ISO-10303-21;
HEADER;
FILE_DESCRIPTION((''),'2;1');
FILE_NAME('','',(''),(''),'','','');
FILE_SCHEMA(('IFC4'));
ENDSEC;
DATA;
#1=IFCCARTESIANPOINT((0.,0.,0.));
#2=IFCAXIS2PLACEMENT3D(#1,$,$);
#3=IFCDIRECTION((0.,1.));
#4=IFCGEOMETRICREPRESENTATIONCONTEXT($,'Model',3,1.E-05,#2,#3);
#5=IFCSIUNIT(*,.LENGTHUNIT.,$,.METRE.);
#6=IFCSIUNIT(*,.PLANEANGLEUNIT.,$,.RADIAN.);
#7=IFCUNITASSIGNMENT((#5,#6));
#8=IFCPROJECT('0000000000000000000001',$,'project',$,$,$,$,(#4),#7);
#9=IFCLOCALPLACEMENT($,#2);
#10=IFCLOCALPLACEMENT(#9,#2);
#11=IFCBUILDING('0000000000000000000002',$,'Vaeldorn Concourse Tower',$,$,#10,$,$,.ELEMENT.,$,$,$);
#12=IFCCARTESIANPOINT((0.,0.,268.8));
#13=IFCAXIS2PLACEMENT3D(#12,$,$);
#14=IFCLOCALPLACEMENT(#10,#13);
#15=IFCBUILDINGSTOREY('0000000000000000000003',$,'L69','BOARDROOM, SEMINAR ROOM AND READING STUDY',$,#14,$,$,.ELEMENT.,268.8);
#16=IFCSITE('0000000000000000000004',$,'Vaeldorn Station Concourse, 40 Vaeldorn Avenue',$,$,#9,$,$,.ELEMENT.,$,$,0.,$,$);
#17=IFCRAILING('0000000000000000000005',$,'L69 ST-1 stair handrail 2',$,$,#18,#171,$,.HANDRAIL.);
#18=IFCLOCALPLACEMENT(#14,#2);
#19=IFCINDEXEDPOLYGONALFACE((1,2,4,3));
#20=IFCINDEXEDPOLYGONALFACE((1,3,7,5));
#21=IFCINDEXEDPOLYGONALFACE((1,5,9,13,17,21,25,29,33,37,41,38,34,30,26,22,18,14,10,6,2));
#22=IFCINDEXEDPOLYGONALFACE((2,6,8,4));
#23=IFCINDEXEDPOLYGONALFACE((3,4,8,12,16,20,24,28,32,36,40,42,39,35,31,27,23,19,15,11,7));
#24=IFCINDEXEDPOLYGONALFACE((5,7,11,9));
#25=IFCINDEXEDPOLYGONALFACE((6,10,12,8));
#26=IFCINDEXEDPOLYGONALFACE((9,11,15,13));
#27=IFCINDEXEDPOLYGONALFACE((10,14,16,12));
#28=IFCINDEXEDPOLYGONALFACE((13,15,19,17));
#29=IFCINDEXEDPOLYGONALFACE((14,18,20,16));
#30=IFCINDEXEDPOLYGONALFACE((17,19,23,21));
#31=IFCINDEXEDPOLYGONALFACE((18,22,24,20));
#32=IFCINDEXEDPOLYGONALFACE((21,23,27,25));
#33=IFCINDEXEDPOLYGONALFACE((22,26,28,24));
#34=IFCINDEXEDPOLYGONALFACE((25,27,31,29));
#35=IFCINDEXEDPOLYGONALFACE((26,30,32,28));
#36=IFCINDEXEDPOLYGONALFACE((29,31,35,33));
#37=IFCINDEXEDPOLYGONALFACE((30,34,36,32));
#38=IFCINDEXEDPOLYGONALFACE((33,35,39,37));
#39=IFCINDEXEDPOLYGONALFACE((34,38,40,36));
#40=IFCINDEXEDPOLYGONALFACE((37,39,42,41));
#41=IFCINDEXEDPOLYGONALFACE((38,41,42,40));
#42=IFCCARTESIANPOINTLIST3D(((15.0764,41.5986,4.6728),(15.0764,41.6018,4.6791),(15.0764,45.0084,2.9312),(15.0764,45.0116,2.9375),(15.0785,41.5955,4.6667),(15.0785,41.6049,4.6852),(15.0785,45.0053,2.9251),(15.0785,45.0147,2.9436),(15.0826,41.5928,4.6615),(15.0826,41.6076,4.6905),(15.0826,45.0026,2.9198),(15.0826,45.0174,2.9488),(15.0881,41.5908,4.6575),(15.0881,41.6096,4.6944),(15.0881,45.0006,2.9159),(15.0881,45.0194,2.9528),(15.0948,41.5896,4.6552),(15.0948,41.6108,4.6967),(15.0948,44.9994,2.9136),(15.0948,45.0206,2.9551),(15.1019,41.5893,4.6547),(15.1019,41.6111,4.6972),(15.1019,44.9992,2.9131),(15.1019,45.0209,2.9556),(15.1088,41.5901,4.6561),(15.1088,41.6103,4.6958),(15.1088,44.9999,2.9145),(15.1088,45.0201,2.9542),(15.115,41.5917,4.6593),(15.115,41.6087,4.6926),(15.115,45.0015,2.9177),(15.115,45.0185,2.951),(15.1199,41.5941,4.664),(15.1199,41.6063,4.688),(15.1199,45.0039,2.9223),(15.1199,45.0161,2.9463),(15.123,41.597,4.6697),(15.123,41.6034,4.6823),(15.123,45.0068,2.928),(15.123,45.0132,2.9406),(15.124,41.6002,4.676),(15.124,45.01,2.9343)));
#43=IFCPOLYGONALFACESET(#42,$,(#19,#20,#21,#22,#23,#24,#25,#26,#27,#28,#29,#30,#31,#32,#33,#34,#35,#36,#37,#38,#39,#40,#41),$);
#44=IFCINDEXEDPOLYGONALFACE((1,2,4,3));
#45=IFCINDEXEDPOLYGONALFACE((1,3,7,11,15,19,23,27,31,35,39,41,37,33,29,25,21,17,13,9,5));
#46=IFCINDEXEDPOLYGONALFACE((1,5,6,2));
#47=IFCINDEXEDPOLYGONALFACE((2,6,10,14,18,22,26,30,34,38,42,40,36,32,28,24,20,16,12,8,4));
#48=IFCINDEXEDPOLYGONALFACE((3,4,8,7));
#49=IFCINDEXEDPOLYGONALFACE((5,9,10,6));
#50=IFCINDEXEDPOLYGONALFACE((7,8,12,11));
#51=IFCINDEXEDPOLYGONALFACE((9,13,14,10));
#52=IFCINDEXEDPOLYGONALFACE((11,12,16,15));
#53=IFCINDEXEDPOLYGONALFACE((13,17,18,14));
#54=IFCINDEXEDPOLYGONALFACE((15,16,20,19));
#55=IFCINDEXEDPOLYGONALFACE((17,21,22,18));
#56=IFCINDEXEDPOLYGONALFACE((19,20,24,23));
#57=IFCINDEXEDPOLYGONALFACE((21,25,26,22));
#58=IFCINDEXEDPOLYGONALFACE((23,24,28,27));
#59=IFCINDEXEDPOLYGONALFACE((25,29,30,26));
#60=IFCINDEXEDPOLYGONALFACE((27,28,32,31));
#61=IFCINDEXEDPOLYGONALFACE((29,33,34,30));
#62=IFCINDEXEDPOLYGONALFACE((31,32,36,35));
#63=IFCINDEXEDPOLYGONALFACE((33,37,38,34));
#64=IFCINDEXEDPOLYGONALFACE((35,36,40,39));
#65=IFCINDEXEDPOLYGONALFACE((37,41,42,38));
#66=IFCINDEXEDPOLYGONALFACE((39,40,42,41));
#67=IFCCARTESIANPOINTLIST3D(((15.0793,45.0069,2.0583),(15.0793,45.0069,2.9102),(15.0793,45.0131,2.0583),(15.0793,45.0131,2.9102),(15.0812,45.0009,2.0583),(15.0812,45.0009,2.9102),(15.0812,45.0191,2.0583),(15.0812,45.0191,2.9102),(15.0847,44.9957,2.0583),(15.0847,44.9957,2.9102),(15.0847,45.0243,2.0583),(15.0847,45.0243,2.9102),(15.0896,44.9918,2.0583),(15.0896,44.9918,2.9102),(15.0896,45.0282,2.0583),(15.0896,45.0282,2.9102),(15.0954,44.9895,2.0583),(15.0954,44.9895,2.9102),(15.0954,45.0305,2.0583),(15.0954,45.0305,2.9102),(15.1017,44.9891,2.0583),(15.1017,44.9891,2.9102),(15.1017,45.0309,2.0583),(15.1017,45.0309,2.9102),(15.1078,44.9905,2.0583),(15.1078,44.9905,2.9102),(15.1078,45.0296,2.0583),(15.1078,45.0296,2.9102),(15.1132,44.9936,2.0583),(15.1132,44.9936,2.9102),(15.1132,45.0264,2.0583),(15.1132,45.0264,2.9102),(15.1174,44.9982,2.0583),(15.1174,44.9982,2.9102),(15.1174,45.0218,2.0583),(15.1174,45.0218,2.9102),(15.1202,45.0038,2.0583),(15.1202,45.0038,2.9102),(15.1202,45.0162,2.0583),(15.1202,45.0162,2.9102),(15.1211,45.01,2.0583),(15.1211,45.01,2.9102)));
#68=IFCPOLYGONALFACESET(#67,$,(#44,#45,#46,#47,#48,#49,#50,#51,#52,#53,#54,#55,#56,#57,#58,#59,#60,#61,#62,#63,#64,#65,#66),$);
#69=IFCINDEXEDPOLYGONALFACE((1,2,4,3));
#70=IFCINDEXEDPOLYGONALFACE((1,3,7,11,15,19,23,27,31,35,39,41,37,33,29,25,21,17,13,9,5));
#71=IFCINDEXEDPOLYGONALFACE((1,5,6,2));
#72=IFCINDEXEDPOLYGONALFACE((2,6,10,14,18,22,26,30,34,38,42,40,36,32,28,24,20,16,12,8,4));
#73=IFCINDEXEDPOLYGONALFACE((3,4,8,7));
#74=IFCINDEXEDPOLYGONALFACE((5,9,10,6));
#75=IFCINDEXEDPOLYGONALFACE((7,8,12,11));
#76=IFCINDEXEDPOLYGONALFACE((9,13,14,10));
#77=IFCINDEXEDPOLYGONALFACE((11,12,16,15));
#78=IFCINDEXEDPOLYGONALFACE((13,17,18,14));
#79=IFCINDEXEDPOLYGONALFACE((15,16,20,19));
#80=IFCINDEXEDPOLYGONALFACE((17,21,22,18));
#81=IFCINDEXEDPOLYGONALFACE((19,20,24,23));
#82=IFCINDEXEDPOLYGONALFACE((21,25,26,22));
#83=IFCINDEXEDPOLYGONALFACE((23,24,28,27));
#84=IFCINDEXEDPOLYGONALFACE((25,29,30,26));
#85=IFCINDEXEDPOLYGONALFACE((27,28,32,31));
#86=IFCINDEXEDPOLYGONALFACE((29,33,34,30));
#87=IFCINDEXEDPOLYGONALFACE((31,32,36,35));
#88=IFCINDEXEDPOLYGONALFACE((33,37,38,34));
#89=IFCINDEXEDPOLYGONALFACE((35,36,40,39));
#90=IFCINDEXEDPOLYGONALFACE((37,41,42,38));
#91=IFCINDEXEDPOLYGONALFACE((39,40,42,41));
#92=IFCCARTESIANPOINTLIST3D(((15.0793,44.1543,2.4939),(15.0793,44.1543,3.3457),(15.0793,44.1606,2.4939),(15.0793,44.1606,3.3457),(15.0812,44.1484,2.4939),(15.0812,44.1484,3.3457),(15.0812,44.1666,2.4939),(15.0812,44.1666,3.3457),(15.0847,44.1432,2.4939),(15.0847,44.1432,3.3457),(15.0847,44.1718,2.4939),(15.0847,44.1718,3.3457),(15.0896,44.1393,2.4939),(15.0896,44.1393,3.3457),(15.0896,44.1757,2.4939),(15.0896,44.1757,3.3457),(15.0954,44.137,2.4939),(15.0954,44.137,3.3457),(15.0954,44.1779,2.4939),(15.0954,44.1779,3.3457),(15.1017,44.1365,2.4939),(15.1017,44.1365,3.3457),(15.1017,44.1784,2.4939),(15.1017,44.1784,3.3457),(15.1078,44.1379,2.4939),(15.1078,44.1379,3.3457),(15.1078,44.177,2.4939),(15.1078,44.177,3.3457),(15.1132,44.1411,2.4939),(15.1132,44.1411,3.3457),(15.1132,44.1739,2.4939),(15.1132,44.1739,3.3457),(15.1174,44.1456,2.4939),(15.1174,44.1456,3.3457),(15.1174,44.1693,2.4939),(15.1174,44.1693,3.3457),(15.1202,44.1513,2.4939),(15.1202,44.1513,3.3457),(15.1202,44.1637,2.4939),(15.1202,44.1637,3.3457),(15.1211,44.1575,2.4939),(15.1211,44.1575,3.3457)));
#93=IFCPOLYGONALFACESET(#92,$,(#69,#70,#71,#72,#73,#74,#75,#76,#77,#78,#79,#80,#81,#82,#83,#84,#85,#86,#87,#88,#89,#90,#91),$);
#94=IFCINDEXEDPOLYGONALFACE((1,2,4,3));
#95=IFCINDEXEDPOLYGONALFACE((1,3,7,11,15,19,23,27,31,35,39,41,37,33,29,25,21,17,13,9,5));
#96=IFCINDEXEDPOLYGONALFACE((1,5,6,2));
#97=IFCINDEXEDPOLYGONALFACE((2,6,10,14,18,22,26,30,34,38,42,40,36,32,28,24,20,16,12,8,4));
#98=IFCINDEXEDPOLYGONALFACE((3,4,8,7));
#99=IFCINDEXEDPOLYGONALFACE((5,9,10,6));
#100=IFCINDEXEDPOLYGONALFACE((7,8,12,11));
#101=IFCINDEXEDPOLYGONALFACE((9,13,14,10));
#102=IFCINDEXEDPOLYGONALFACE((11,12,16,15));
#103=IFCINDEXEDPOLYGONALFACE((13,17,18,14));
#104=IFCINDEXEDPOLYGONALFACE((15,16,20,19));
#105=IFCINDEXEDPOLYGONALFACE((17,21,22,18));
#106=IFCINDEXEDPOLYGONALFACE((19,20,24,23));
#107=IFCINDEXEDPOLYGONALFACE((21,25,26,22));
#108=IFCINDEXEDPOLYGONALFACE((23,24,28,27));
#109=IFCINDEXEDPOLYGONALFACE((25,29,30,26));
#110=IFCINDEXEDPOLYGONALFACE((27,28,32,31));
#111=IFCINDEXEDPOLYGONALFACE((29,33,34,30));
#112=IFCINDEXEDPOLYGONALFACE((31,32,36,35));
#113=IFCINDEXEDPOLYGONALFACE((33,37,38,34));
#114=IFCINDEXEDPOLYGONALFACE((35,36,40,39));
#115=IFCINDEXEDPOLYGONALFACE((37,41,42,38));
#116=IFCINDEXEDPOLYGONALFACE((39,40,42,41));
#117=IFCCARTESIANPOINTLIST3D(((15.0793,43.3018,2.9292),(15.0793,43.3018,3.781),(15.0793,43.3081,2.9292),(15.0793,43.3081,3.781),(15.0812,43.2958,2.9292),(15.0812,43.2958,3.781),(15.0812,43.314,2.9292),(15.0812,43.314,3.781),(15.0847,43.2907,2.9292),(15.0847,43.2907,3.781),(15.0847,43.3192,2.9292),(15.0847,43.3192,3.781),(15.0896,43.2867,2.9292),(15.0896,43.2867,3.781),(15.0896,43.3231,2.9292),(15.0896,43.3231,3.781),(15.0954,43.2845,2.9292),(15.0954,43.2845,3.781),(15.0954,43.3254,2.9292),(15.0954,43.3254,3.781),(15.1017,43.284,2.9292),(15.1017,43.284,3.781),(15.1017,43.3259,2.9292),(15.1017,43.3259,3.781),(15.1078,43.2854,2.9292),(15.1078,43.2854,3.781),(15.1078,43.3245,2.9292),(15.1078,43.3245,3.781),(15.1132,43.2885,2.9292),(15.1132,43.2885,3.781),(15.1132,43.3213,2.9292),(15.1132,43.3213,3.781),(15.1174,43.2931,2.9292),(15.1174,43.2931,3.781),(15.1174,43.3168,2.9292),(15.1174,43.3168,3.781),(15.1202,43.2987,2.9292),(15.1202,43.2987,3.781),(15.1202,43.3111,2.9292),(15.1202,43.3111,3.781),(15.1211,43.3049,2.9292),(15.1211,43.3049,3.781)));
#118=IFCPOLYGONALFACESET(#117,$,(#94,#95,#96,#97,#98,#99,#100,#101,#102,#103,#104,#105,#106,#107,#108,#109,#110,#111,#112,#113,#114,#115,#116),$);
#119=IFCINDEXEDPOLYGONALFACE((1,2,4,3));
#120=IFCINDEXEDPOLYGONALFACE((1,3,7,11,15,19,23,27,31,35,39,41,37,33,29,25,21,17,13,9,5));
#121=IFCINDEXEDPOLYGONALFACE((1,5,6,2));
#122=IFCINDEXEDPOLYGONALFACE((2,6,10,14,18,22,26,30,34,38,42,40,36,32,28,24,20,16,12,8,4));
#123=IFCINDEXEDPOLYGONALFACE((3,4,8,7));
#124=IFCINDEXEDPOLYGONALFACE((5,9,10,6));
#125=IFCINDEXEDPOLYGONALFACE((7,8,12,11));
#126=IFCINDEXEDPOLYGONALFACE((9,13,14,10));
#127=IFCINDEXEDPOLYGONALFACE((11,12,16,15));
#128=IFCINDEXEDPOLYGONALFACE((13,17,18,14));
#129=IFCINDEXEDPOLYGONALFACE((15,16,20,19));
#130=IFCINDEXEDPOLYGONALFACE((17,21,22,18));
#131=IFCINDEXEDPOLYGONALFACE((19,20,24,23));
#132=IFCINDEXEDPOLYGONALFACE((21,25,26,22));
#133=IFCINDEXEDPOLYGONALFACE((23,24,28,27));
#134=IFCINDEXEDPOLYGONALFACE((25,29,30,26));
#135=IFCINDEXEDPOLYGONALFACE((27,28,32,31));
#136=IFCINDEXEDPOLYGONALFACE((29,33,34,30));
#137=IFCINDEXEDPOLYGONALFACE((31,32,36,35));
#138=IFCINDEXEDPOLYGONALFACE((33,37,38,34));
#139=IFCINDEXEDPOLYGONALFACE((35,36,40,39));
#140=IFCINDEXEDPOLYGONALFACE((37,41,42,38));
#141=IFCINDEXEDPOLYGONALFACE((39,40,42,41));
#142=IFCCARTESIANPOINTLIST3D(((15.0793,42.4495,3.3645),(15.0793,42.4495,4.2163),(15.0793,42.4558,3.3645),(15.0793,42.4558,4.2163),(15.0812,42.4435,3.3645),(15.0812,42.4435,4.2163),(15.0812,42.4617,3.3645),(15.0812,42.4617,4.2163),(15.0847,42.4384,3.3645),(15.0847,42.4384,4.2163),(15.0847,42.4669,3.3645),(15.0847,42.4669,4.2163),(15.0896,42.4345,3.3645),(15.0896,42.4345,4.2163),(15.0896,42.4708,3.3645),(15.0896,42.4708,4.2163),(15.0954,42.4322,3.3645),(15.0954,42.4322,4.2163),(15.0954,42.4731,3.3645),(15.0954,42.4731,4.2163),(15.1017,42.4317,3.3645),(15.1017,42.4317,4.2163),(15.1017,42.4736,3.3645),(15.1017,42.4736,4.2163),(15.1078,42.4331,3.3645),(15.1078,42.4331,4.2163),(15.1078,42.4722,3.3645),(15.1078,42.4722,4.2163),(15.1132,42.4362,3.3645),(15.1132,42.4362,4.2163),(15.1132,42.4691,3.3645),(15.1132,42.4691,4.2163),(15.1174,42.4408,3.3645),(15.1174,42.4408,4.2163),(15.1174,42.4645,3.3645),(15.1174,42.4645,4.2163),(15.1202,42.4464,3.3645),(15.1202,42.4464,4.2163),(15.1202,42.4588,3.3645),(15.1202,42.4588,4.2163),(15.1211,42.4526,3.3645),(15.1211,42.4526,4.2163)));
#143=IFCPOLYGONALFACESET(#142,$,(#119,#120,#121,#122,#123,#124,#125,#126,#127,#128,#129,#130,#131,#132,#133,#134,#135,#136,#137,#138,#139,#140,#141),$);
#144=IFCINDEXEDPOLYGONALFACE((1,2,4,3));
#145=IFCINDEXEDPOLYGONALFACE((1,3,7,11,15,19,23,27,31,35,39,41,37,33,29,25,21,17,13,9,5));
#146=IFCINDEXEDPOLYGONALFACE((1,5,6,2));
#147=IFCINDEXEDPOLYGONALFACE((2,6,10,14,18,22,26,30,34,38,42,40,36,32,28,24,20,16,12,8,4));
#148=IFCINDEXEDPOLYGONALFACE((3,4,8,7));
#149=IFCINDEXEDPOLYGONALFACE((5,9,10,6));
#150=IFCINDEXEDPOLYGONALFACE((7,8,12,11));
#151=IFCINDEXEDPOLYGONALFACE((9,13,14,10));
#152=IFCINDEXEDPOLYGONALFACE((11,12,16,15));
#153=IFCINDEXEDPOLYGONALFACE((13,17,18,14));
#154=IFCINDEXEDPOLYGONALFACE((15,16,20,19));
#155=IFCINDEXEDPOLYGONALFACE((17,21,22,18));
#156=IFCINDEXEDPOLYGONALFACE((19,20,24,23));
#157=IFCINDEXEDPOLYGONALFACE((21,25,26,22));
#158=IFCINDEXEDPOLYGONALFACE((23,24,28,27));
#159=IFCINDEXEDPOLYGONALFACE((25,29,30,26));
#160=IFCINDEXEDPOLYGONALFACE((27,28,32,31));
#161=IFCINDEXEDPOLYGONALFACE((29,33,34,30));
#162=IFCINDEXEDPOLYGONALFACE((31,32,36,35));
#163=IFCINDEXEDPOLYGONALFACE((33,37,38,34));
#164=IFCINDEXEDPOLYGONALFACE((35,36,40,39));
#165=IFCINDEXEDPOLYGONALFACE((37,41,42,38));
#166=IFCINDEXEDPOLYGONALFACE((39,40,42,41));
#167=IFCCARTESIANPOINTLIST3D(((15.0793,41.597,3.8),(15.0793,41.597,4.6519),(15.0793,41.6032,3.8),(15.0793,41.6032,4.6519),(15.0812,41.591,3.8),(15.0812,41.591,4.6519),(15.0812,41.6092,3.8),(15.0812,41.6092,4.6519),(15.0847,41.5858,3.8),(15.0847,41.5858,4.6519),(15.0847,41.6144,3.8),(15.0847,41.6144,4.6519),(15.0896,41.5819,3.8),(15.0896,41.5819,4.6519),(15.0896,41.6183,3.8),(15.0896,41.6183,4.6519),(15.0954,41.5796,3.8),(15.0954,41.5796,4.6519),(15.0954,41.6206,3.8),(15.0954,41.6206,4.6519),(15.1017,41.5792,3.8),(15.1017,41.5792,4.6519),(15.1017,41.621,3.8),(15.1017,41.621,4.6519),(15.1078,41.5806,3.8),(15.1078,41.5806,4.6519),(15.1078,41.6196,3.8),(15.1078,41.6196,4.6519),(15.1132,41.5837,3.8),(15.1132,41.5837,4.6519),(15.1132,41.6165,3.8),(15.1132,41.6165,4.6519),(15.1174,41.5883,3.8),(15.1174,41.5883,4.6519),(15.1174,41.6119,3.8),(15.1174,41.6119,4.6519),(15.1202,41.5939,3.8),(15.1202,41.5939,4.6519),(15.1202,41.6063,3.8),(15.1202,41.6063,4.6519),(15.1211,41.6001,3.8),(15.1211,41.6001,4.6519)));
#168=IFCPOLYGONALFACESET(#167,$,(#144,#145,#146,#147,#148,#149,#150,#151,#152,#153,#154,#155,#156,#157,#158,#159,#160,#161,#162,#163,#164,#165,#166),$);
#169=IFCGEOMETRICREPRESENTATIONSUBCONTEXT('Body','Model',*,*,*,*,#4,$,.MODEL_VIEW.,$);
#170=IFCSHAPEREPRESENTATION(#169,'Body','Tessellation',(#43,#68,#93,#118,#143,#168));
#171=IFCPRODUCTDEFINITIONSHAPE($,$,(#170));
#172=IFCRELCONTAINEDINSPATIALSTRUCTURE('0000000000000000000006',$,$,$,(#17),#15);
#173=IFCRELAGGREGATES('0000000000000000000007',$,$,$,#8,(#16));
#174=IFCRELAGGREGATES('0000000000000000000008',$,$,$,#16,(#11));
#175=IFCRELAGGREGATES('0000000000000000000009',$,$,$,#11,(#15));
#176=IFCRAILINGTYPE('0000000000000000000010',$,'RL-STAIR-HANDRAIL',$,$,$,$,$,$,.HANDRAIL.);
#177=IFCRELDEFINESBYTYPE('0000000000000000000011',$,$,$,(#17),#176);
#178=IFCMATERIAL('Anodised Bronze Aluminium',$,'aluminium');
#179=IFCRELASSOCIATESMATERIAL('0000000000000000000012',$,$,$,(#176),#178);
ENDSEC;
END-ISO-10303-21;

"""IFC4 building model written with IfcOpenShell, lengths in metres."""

from ifc_helpers import new_model, si_unit, direction, frame, origin, origin_2d, place, context, subcontext, project, spatial, circle, extrude, material, type_object, element, save


model = new_model("IFC4")

# Units and contexts
model_context = context("Model", 3, precision=1e-05, world=origin(), true_north=direction((0.0, 1.0)))
body_context = subcontext(model_context, "Body", "Model", "MODEL_VIEW")
ifc_project = project(units=[si_unit("LENGTHUNIT", "METRE"), si_unit("PLANEANGLEUNIT", "RADIAN")], contexts=[model_context])

# Site, building, storey
site_placement = place(None, origin())
site = spatial("IfcSite", under=ifc_project, at=site_placement, Name="Vaeldorn Station Concourse, 40 Vaeldorn Avenue", CompositionType="ELEMENT", RefElevation=0.0)
building_placement = place(site_placement, origin())
building = spatial("IfcBuilding", under=site, at=building_placement, Name="Vaeldorn Concourse Tower", CompositionType="ELEMENT")
storey_placement = place(building_placement, frame((0.0, 0.0, 268.8)))
storey = spatial("IfcBuildingStorey", under=building, at=storey_placement, Name="L69", Description="BOARDROOM, SEMINAR ROOM AND READING STUDY", CompositionType="ELEMENT", Elevation=268.8)

# Shared definitions
ifc_material_1 = material(Name="Anodised Bronze Aluminium", Category="aluminium")

# Railing
railing_type_1 = type_object("IfcRailingType", Name="RL-STAIR-HANDRAIL", PredefinedType="HANDRAIL", material=ifc_material_1)
railing_1_placement = place(storey_placement, frame((15.1001, 45.01, 2.0583)))
element("IfcRailing", 1, at=railing_1_placement, inside=storey, type_object=railing_type_1, Name="L69 ST-1 stair handrail 2", PredefinedType="HANDRAIL", context=body_context, shape_type="SweptSolid", body=[
    extrude(circle(Radius=0.0239, at=origin_2d()), frame((0.0, 0.0, 0.876), z_axis=(0.0, -0.890556, 0.454874), x_axis=(1.0, 0.0, 0.0)), (0.0, 0.0, 1.0), 3.8289),
    extrude(circle(Radius=0.021, at=origin_2d()), origin(), (0.0, 0.0, 1.0), 0.8518),
    extrude(circle(Radius=0.021, at=origin_2d()), frame((0.0, -0.8525, 0.4355)), (0.0, 0.0, 1.0), 0.8518),
    extrude(circle(Radius=0.021, at=origin_2d()), frame((0.0, -1.7051, 0.8708)), (0.0, 0.0, 1.0), 0.8518),
    extrude(circle(Radius=0.021, at=origin_2d()), frame((0.0, -2.5574, 1.3062)), (0.0, 0.0, 1.0), 0.8518),
    extrude(circle(Radius=0.021, at=origin_2d()), frame((0.0, -3.4099, 1.7417)), (0.0, 0.0, 1.0), 0.8518),
])

save(model, "model.ifc")
